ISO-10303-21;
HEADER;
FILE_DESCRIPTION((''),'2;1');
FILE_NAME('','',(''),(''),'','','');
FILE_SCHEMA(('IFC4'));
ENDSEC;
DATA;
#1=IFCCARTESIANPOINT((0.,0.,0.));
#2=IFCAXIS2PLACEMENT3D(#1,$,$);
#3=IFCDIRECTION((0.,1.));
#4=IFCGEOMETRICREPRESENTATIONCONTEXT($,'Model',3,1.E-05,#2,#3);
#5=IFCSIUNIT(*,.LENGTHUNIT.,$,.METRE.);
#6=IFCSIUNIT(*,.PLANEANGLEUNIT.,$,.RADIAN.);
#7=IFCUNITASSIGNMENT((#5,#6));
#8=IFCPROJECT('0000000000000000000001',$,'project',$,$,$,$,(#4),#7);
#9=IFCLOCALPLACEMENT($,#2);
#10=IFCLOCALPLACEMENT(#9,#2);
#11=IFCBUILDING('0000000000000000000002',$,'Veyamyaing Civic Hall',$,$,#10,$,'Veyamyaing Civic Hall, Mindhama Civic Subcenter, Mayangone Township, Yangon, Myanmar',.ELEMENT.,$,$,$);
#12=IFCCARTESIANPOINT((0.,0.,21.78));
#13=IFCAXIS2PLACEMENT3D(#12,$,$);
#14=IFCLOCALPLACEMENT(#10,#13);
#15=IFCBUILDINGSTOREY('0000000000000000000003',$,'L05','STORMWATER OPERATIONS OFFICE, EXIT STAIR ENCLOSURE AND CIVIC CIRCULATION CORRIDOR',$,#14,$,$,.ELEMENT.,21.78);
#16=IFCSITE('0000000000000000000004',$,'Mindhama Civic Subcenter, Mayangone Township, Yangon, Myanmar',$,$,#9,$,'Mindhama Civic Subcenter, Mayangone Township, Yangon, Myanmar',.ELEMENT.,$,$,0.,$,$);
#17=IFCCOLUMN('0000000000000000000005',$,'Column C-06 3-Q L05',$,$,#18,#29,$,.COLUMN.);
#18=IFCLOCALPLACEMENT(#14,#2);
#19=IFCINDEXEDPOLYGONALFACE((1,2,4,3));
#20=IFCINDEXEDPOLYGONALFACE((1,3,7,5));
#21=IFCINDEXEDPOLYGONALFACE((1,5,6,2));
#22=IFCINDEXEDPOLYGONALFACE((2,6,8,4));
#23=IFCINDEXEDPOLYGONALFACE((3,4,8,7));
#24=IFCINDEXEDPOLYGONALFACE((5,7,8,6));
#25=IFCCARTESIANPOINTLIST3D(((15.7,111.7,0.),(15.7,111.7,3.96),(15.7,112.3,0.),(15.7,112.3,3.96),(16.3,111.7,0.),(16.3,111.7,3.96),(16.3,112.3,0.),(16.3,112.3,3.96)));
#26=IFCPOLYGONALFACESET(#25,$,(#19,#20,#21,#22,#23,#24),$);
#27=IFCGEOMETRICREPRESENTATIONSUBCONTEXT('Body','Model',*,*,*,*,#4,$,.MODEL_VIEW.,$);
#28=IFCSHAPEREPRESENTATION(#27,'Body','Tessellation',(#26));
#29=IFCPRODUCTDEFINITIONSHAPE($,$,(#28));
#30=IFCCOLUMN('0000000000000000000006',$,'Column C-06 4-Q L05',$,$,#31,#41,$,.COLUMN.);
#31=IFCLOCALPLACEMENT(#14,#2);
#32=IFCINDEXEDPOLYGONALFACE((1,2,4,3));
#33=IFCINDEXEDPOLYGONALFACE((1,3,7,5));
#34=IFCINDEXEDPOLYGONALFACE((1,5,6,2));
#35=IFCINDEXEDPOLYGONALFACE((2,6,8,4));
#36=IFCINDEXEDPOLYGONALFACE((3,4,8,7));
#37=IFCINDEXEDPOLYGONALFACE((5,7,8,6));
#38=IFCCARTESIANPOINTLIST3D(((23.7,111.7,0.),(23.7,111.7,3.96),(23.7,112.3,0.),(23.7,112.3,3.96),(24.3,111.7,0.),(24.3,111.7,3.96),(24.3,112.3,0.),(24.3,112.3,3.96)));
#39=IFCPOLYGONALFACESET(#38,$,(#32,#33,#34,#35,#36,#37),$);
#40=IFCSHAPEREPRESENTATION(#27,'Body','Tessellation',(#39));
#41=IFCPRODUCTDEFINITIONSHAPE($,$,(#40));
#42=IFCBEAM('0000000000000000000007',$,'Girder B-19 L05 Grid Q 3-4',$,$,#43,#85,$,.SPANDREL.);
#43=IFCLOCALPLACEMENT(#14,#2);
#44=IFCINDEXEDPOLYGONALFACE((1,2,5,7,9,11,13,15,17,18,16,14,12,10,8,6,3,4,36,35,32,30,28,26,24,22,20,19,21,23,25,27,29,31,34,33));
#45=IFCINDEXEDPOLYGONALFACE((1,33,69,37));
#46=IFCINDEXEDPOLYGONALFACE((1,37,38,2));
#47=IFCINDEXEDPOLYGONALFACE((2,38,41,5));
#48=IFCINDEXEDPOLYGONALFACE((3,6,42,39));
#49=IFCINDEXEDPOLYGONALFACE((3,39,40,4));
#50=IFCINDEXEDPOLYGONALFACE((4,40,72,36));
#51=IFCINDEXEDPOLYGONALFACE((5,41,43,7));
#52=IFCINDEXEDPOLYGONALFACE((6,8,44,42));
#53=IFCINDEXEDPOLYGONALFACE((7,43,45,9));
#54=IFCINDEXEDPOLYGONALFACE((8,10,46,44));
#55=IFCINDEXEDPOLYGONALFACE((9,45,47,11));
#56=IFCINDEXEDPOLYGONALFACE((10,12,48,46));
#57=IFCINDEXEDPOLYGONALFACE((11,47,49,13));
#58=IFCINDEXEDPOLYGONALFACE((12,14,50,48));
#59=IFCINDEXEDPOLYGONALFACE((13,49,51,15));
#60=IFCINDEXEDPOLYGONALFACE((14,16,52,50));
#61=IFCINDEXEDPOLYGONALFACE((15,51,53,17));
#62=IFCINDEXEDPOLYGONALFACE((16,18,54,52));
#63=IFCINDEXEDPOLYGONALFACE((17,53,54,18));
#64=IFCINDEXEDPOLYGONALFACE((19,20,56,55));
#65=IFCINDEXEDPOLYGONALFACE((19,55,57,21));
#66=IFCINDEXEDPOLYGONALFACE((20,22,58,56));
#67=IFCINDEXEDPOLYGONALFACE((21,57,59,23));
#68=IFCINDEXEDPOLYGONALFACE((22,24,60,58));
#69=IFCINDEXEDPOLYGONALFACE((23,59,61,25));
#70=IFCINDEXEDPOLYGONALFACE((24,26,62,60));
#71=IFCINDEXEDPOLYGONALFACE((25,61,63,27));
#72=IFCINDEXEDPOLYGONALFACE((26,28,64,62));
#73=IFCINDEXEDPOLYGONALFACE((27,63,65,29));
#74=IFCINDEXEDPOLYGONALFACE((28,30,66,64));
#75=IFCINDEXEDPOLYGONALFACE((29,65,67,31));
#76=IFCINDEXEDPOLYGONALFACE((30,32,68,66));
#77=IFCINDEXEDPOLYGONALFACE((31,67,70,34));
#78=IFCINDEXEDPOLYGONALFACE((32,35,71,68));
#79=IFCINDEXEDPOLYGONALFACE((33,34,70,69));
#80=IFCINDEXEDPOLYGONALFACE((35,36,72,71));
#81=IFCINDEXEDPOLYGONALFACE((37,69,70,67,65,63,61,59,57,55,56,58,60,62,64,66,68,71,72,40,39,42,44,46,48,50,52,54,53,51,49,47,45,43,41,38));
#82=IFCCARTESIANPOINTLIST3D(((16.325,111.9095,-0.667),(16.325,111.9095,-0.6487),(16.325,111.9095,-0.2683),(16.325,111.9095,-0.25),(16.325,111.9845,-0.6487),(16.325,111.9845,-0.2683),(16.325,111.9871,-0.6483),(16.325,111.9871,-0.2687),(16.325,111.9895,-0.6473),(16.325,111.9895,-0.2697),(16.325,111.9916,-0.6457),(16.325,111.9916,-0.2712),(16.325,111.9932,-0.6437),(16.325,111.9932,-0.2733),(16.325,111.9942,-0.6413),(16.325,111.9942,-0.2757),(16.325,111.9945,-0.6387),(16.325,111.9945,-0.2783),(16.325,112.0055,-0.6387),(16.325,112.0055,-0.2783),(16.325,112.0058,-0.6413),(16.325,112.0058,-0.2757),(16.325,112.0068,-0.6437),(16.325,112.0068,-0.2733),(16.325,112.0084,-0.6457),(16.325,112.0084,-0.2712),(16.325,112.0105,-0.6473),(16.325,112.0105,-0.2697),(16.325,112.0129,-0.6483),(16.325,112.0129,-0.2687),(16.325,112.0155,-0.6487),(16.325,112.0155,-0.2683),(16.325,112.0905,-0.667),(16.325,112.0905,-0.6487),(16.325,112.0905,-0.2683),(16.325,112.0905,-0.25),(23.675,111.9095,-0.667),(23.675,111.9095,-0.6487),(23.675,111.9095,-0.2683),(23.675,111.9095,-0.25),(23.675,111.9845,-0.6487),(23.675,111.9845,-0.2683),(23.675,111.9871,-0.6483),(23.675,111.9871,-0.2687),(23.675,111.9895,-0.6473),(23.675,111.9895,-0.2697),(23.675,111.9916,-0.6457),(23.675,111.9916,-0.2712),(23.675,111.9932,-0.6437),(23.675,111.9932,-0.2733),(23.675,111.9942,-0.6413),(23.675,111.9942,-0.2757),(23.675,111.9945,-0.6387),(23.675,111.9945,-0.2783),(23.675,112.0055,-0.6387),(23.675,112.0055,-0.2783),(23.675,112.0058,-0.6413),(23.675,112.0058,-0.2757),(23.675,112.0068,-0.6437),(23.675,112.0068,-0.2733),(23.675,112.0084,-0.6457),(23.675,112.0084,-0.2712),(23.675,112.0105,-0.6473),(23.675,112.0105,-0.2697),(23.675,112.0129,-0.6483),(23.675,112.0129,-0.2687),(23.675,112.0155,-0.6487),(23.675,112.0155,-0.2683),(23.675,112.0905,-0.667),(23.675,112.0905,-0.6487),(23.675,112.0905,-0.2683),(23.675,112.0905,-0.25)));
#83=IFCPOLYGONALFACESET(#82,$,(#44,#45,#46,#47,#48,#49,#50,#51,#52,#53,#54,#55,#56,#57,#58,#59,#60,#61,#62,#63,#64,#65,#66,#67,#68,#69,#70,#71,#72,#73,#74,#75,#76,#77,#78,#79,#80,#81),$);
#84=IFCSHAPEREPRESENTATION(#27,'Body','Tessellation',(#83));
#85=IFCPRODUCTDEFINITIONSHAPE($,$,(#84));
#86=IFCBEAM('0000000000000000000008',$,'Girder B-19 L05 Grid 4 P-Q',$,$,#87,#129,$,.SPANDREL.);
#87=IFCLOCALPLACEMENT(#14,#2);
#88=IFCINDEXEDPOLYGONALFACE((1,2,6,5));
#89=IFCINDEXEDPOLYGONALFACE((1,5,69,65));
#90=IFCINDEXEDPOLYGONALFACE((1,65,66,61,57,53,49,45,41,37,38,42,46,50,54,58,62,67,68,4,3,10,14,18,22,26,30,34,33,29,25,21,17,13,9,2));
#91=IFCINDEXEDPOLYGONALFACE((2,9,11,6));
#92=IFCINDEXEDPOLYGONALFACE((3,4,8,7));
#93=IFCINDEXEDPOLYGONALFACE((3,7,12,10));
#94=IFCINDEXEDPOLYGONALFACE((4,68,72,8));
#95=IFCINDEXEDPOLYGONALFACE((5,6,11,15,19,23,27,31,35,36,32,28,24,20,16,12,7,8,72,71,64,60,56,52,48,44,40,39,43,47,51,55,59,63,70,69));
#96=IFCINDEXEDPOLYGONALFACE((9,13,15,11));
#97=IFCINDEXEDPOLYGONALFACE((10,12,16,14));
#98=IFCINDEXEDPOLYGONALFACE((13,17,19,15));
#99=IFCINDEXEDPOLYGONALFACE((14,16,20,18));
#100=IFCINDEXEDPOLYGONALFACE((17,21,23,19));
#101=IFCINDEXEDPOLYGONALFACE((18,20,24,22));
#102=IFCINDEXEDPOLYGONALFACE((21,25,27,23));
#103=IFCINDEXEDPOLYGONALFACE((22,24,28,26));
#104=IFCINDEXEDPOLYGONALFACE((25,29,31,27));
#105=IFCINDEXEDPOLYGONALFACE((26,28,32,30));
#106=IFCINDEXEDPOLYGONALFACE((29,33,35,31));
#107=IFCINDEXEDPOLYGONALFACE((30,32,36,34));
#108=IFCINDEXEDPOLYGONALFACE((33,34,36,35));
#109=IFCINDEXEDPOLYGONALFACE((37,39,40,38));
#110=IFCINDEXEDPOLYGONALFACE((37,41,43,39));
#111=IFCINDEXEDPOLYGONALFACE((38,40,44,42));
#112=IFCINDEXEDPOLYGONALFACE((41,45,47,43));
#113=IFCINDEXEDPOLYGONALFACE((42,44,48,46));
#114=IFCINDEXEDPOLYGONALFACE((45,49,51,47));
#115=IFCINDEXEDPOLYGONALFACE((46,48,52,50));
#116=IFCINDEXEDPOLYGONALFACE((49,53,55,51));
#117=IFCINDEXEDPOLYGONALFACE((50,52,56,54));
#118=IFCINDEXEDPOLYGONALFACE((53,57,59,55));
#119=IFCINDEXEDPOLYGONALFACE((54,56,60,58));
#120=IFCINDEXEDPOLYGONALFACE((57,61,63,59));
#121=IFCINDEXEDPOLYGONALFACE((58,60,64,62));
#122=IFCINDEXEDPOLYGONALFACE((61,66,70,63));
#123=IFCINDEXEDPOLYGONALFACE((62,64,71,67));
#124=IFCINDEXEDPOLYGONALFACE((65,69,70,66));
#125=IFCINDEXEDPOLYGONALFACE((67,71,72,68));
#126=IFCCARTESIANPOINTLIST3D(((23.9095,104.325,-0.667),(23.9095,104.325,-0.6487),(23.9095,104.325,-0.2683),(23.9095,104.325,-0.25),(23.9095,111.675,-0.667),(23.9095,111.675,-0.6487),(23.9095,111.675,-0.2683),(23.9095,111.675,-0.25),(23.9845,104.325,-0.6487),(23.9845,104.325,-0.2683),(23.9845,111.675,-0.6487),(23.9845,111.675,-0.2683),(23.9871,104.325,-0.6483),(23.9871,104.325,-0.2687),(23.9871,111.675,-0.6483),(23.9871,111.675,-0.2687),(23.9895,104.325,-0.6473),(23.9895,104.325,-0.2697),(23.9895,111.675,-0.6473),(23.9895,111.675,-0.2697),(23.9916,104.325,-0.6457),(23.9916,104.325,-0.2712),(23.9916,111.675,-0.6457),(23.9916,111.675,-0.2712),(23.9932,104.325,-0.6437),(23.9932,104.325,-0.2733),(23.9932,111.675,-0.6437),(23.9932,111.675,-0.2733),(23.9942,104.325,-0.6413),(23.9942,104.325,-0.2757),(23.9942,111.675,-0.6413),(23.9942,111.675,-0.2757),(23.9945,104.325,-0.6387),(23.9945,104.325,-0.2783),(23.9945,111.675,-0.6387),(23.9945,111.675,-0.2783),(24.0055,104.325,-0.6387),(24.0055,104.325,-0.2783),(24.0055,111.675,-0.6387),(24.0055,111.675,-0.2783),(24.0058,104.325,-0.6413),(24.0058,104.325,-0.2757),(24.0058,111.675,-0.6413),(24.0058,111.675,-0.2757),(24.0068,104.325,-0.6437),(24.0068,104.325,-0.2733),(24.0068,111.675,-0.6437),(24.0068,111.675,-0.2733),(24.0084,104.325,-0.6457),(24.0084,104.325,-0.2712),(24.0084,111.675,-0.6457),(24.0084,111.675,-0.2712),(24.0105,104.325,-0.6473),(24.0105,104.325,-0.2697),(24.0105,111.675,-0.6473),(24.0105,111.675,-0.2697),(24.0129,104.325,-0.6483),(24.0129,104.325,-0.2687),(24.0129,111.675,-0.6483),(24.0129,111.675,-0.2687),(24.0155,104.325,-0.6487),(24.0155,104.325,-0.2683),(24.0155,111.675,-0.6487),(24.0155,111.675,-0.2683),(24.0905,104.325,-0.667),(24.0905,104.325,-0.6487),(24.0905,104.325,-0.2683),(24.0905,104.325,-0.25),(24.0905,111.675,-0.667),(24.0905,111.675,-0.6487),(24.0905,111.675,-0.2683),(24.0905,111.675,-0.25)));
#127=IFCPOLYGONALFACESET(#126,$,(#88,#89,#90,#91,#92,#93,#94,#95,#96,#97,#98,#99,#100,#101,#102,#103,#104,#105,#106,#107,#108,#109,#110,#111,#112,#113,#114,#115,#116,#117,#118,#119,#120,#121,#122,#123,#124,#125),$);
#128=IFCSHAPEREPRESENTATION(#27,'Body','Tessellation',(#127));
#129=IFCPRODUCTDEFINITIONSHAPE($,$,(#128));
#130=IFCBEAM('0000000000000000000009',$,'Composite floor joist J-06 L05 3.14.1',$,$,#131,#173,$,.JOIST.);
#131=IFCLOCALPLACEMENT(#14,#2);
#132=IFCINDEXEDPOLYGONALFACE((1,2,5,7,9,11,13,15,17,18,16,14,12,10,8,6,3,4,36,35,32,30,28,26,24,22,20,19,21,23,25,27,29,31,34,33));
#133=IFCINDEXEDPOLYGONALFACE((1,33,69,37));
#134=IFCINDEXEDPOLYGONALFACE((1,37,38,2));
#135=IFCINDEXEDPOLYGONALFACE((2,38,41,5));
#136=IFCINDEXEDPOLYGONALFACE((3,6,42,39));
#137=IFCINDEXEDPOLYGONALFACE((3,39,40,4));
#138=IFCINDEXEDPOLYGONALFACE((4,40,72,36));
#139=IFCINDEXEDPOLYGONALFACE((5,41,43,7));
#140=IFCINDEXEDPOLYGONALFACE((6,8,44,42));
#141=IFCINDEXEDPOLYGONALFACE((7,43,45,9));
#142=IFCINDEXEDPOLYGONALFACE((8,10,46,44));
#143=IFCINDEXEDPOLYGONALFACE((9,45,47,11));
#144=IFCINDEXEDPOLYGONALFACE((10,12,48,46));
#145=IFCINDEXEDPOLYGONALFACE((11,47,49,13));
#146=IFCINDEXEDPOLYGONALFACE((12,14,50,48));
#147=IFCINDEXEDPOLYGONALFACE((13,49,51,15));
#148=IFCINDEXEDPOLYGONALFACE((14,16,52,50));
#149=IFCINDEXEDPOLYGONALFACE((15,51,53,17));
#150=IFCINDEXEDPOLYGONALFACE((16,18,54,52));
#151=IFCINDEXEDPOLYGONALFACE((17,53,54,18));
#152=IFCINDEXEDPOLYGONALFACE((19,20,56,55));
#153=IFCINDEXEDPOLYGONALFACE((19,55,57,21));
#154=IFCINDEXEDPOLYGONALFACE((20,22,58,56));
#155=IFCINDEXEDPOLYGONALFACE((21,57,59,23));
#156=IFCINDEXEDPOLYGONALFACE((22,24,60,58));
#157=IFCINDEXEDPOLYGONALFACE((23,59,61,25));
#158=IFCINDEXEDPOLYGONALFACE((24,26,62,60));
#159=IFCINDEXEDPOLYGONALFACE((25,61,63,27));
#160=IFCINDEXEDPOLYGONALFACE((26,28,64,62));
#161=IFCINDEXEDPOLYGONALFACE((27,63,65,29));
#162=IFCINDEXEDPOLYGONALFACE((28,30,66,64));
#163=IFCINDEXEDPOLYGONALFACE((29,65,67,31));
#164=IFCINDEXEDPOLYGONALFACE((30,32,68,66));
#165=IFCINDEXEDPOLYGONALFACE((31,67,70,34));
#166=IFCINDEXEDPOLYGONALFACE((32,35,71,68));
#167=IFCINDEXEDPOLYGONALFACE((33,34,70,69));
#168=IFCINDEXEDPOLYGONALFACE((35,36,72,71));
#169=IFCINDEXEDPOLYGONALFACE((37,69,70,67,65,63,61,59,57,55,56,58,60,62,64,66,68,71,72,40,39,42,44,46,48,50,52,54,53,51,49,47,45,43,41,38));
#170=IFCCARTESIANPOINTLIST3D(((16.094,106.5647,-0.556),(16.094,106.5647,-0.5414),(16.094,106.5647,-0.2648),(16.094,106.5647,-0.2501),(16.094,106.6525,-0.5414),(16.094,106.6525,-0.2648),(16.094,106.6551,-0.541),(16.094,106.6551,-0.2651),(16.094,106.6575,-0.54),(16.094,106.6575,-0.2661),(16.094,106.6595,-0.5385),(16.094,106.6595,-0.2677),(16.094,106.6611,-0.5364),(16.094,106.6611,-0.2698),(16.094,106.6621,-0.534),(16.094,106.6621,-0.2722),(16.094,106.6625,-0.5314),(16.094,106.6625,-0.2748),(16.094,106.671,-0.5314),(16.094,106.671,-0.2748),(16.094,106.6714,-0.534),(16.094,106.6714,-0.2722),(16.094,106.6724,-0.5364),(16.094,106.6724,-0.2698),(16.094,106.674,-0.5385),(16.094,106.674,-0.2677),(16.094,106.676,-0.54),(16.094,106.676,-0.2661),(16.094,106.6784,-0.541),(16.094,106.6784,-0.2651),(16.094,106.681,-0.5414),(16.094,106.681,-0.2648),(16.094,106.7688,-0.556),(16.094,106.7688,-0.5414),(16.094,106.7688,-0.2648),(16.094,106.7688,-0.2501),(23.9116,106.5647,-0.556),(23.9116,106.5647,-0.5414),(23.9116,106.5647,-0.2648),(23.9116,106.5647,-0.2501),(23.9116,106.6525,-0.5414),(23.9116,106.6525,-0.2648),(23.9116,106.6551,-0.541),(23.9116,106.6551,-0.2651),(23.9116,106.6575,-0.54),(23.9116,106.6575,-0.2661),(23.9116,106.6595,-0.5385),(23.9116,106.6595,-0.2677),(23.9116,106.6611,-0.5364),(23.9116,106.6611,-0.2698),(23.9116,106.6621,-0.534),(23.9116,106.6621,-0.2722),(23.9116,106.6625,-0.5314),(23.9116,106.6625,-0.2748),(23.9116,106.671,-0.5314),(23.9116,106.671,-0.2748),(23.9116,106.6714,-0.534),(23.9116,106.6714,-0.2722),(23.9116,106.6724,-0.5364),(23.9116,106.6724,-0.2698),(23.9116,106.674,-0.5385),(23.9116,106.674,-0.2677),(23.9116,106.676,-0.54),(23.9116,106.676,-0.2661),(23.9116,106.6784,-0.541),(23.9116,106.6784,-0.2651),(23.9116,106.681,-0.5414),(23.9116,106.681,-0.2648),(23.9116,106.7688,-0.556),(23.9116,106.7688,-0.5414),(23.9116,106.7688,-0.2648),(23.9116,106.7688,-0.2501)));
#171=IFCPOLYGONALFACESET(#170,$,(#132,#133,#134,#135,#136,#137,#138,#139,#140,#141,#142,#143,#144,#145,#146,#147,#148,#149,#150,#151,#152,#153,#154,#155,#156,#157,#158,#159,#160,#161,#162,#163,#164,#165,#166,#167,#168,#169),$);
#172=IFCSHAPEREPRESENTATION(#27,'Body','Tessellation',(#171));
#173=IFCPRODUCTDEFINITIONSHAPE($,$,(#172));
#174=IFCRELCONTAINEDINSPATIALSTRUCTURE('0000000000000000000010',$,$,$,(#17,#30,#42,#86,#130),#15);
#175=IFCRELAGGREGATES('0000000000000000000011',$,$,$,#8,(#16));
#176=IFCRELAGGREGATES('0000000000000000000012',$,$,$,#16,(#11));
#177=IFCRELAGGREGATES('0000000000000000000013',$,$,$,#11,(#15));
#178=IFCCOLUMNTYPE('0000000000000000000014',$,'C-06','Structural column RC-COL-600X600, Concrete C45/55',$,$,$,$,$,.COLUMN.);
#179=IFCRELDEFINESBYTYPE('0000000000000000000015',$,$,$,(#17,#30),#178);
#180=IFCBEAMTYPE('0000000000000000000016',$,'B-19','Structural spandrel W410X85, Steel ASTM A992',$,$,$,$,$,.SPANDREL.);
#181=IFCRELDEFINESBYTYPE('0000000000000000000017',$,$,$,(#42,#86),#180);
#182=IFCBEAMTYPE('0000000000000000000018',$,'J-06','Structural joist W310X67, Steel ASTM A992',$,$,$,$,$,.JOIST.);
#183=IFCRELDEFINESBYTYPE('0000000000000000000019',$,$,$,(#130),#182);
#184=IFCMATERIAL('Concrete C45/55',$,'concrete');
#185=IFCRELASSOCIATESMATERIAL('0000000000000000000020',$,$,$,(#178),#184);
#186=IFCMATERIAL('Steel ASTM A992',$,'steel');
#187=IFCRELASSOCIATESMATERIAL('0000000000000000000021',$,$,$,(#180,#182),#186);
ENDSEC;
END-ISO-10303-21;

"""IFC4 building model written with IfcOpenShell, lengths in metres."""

from ifc_helpers import new_model, si_unit, direction, frame, origin, origin_2d, place, context, subcontext, project, spatial, rectangle, i_section, extrude, material, material_profile, profile_set, type_object, element, save


model = new_model("IFC4")

# Units and contexts
model_context = context("Model", 3, precision=1e-05, world=origin(), true_north=direction((0.0, 1.0)))
body_context = subcontext(model_context, "Body", "Model", "MODEL_VIEW")
ifc_project = project(units=[si_unit("LENGTHUNIT", "METRE"), si_unit("PLANEANGLEUNIT", "RADIAN")], contexts=[model_context])

# Site, building, storey
site_placement = place(None, origin())
site = spatial("IfcSite", under=ifc_project, at=site_placement, Name="Mindhama Civic Subcenter, Mayangone Township, Yangon, Myanmar", LongName="Mindhama Civic Subcenter, Mayangone Township, Yangon, Myanmar", CompositionType="ELEMENT", RefElevation=0.0)
building_placement = place(site_placement, origin())
building = spatial("IfcBuilding", under=site, at=building_placement, Name="Veyamyaing Civic Hall", LongName="Veyamyaing Civic Hall, Mindhama Civic Subcenter, Mayangone Township, Yangon, Myanmar", CompositionType="ELEMENT")
storey_placement = place(building_placement, frame((0.0, 0.0, 21.78)))
storey = spatial("IfcBuildingStorey", under=building, at=storey_placement, Name="L05", Description="STORMWATER OPERATIONS OFFICE, EXIT STAIR ENCLOSURE AND CIVIC CIRCULATION CORRIDOR", CompositionType="ELEMENT", Elevation=21.78)

# Columns
ifc_material_1 = material(Name="Concrete C45/55", Category="concrete")
ifc_material_profile_1 = material_profile(ifc_material_1, rectangle(XDim=0.6001, YDim=0.6001, at=origin_2d()), Name="RC-COL-600X600")
ifc_profile_set_1 = profile_set([ifc_material_profile_1], Name="Concrete C45/55")
column_type = type_object("IfcColumnType", Name="C-06", Description="Structural column RC-COL-600X600, Concrete C45/55", PredefinedType="COLUMN", material=ifc_profile_set_1)
for number, where, z_axis, x_axis, name in (
    (1, (16.0, 112.0, 0.0), (0.0, 0.0, 1.0), (1.0, 0.0, 0.0), "Column C-06 3-Q L05"),
    (2, (24.0, 112.0, 0.0), (0.0, 0.0, 1.0), (1.0, 0.0, 0.0), "Column C-06 4-Q L05"),
):
    element("IfcColumn", number, at=place(storey_placement, frame(where, z_axis=z_axis, x_axis=x_axis)), inside=storey, type_object=column_type, Name=name, PredefinedType="COLUMN", context=body_context, shape_type="SweptSolid", body=[
        extrude(rectangle(XDim=0.6001, YDim=0.6001, at=origin_2d()), origin(), (0.0, 0.0, 1.0), 3.96),
    ])

# Beams
ifc_material_2 = material(Name="Steel ASTM A992", Category="steel")
ifc_material_profile_2 = material_profile(ifc_material_2, i_section(OverallWidth=0.1809, OverallDepth=0.417, WebThickness=0.011, FlangeThickness=0.0183, FilletRadius=0.01, at=origin_2d()), Name="W410X85")
ifc_profile_set_2 = profile_set([ifc_material_profile_2], Name="Steel ASTM A992")
beam_type_1 = type_object("IfcBeamType", Name="B-19", Description="Structural spandrel W410X85, Steel ASTM A992", PredefinedType="SPANDREL", material=ifc_profile_set_2)
for number, where, z_axis, x_axis, name in (
    (3, (16.325, 112.0, -0.4585), (1.0, 0.0, 0.0), (0.0, 1.0, 0.0), "Girder B-19 L05 Grid Q 3-4"),
    (4, (24.0, 104.325, -0.4585), (0.0, 1.0, 0.0), (-1.0, 0.0, 0.0), "Girder B-19 L05 Grid 4 P-Q"),
):
    element("IfcBeam", number, at=place(storey_placement, frame(where, z_axis=z_axis, x_axis=x_axis)), inside=storey, type_object=beam_type_1, Name=name, PredefinedType="SPANDREL", context=body_context, shape_type="SweptSolid", body=[
        extrude(i_section(OverallWidth=0.1809, OverallDepth=0.417, WebThickness=0.011, FlangeThickness=0.0183, FilletRadius=0.01, at=origin_2d()), origin(), (0.0, 0.0, 1.0), 7.3501),
    ])
ifc_material_profile_3 = material_profile(ifc_material_2, i_section(OverallWidth=0.2041, OverallDepth=0.3059, WebThickness=0.0085, FlangeThickness=0.0146, FilletRadius=0.01, at=origin_2d()), Name="W310X67")
ifc_profile_set_3 = profile_set([ifc_material_profile_3], Name="Steel ASTM A992")
beam_type_2 = type_object("IfcBeamType", Name="J-06", Description="Structural joist W310X67, Steel ASTM A992", PredefinedType="JOIST", material=ifc_profile_set_3)
for number, where, z_axis, x_axis, name in (
    (5, (16.094, 106.6667, -0.4031), (1.0, 0.0, 0.0), (0.0, 1.0, 0.0), "Composite floor joist J-06 L05 3.14.1"),
):
    element("IfcBeam", number, at=place(storey_placement, frame(where, z_axis=z_axis, x_axis=x_axis)), inside=storey, type_object=beam_type_2, Name=name, PredefinedType="JOIST", context=body_context, shape_type="SweptSolid", body=[
        extrude(i_section(OverallWidth=0.2041, OverallDepth=0.3059, WebThickness=0.0085, FlangeThickness=0.0146, FilletRadius=0.01, at=origin_2d()), origin(), (0.0, 0.0, 1.0), 7.8176),
    ])

save(model, "model.ifc")
